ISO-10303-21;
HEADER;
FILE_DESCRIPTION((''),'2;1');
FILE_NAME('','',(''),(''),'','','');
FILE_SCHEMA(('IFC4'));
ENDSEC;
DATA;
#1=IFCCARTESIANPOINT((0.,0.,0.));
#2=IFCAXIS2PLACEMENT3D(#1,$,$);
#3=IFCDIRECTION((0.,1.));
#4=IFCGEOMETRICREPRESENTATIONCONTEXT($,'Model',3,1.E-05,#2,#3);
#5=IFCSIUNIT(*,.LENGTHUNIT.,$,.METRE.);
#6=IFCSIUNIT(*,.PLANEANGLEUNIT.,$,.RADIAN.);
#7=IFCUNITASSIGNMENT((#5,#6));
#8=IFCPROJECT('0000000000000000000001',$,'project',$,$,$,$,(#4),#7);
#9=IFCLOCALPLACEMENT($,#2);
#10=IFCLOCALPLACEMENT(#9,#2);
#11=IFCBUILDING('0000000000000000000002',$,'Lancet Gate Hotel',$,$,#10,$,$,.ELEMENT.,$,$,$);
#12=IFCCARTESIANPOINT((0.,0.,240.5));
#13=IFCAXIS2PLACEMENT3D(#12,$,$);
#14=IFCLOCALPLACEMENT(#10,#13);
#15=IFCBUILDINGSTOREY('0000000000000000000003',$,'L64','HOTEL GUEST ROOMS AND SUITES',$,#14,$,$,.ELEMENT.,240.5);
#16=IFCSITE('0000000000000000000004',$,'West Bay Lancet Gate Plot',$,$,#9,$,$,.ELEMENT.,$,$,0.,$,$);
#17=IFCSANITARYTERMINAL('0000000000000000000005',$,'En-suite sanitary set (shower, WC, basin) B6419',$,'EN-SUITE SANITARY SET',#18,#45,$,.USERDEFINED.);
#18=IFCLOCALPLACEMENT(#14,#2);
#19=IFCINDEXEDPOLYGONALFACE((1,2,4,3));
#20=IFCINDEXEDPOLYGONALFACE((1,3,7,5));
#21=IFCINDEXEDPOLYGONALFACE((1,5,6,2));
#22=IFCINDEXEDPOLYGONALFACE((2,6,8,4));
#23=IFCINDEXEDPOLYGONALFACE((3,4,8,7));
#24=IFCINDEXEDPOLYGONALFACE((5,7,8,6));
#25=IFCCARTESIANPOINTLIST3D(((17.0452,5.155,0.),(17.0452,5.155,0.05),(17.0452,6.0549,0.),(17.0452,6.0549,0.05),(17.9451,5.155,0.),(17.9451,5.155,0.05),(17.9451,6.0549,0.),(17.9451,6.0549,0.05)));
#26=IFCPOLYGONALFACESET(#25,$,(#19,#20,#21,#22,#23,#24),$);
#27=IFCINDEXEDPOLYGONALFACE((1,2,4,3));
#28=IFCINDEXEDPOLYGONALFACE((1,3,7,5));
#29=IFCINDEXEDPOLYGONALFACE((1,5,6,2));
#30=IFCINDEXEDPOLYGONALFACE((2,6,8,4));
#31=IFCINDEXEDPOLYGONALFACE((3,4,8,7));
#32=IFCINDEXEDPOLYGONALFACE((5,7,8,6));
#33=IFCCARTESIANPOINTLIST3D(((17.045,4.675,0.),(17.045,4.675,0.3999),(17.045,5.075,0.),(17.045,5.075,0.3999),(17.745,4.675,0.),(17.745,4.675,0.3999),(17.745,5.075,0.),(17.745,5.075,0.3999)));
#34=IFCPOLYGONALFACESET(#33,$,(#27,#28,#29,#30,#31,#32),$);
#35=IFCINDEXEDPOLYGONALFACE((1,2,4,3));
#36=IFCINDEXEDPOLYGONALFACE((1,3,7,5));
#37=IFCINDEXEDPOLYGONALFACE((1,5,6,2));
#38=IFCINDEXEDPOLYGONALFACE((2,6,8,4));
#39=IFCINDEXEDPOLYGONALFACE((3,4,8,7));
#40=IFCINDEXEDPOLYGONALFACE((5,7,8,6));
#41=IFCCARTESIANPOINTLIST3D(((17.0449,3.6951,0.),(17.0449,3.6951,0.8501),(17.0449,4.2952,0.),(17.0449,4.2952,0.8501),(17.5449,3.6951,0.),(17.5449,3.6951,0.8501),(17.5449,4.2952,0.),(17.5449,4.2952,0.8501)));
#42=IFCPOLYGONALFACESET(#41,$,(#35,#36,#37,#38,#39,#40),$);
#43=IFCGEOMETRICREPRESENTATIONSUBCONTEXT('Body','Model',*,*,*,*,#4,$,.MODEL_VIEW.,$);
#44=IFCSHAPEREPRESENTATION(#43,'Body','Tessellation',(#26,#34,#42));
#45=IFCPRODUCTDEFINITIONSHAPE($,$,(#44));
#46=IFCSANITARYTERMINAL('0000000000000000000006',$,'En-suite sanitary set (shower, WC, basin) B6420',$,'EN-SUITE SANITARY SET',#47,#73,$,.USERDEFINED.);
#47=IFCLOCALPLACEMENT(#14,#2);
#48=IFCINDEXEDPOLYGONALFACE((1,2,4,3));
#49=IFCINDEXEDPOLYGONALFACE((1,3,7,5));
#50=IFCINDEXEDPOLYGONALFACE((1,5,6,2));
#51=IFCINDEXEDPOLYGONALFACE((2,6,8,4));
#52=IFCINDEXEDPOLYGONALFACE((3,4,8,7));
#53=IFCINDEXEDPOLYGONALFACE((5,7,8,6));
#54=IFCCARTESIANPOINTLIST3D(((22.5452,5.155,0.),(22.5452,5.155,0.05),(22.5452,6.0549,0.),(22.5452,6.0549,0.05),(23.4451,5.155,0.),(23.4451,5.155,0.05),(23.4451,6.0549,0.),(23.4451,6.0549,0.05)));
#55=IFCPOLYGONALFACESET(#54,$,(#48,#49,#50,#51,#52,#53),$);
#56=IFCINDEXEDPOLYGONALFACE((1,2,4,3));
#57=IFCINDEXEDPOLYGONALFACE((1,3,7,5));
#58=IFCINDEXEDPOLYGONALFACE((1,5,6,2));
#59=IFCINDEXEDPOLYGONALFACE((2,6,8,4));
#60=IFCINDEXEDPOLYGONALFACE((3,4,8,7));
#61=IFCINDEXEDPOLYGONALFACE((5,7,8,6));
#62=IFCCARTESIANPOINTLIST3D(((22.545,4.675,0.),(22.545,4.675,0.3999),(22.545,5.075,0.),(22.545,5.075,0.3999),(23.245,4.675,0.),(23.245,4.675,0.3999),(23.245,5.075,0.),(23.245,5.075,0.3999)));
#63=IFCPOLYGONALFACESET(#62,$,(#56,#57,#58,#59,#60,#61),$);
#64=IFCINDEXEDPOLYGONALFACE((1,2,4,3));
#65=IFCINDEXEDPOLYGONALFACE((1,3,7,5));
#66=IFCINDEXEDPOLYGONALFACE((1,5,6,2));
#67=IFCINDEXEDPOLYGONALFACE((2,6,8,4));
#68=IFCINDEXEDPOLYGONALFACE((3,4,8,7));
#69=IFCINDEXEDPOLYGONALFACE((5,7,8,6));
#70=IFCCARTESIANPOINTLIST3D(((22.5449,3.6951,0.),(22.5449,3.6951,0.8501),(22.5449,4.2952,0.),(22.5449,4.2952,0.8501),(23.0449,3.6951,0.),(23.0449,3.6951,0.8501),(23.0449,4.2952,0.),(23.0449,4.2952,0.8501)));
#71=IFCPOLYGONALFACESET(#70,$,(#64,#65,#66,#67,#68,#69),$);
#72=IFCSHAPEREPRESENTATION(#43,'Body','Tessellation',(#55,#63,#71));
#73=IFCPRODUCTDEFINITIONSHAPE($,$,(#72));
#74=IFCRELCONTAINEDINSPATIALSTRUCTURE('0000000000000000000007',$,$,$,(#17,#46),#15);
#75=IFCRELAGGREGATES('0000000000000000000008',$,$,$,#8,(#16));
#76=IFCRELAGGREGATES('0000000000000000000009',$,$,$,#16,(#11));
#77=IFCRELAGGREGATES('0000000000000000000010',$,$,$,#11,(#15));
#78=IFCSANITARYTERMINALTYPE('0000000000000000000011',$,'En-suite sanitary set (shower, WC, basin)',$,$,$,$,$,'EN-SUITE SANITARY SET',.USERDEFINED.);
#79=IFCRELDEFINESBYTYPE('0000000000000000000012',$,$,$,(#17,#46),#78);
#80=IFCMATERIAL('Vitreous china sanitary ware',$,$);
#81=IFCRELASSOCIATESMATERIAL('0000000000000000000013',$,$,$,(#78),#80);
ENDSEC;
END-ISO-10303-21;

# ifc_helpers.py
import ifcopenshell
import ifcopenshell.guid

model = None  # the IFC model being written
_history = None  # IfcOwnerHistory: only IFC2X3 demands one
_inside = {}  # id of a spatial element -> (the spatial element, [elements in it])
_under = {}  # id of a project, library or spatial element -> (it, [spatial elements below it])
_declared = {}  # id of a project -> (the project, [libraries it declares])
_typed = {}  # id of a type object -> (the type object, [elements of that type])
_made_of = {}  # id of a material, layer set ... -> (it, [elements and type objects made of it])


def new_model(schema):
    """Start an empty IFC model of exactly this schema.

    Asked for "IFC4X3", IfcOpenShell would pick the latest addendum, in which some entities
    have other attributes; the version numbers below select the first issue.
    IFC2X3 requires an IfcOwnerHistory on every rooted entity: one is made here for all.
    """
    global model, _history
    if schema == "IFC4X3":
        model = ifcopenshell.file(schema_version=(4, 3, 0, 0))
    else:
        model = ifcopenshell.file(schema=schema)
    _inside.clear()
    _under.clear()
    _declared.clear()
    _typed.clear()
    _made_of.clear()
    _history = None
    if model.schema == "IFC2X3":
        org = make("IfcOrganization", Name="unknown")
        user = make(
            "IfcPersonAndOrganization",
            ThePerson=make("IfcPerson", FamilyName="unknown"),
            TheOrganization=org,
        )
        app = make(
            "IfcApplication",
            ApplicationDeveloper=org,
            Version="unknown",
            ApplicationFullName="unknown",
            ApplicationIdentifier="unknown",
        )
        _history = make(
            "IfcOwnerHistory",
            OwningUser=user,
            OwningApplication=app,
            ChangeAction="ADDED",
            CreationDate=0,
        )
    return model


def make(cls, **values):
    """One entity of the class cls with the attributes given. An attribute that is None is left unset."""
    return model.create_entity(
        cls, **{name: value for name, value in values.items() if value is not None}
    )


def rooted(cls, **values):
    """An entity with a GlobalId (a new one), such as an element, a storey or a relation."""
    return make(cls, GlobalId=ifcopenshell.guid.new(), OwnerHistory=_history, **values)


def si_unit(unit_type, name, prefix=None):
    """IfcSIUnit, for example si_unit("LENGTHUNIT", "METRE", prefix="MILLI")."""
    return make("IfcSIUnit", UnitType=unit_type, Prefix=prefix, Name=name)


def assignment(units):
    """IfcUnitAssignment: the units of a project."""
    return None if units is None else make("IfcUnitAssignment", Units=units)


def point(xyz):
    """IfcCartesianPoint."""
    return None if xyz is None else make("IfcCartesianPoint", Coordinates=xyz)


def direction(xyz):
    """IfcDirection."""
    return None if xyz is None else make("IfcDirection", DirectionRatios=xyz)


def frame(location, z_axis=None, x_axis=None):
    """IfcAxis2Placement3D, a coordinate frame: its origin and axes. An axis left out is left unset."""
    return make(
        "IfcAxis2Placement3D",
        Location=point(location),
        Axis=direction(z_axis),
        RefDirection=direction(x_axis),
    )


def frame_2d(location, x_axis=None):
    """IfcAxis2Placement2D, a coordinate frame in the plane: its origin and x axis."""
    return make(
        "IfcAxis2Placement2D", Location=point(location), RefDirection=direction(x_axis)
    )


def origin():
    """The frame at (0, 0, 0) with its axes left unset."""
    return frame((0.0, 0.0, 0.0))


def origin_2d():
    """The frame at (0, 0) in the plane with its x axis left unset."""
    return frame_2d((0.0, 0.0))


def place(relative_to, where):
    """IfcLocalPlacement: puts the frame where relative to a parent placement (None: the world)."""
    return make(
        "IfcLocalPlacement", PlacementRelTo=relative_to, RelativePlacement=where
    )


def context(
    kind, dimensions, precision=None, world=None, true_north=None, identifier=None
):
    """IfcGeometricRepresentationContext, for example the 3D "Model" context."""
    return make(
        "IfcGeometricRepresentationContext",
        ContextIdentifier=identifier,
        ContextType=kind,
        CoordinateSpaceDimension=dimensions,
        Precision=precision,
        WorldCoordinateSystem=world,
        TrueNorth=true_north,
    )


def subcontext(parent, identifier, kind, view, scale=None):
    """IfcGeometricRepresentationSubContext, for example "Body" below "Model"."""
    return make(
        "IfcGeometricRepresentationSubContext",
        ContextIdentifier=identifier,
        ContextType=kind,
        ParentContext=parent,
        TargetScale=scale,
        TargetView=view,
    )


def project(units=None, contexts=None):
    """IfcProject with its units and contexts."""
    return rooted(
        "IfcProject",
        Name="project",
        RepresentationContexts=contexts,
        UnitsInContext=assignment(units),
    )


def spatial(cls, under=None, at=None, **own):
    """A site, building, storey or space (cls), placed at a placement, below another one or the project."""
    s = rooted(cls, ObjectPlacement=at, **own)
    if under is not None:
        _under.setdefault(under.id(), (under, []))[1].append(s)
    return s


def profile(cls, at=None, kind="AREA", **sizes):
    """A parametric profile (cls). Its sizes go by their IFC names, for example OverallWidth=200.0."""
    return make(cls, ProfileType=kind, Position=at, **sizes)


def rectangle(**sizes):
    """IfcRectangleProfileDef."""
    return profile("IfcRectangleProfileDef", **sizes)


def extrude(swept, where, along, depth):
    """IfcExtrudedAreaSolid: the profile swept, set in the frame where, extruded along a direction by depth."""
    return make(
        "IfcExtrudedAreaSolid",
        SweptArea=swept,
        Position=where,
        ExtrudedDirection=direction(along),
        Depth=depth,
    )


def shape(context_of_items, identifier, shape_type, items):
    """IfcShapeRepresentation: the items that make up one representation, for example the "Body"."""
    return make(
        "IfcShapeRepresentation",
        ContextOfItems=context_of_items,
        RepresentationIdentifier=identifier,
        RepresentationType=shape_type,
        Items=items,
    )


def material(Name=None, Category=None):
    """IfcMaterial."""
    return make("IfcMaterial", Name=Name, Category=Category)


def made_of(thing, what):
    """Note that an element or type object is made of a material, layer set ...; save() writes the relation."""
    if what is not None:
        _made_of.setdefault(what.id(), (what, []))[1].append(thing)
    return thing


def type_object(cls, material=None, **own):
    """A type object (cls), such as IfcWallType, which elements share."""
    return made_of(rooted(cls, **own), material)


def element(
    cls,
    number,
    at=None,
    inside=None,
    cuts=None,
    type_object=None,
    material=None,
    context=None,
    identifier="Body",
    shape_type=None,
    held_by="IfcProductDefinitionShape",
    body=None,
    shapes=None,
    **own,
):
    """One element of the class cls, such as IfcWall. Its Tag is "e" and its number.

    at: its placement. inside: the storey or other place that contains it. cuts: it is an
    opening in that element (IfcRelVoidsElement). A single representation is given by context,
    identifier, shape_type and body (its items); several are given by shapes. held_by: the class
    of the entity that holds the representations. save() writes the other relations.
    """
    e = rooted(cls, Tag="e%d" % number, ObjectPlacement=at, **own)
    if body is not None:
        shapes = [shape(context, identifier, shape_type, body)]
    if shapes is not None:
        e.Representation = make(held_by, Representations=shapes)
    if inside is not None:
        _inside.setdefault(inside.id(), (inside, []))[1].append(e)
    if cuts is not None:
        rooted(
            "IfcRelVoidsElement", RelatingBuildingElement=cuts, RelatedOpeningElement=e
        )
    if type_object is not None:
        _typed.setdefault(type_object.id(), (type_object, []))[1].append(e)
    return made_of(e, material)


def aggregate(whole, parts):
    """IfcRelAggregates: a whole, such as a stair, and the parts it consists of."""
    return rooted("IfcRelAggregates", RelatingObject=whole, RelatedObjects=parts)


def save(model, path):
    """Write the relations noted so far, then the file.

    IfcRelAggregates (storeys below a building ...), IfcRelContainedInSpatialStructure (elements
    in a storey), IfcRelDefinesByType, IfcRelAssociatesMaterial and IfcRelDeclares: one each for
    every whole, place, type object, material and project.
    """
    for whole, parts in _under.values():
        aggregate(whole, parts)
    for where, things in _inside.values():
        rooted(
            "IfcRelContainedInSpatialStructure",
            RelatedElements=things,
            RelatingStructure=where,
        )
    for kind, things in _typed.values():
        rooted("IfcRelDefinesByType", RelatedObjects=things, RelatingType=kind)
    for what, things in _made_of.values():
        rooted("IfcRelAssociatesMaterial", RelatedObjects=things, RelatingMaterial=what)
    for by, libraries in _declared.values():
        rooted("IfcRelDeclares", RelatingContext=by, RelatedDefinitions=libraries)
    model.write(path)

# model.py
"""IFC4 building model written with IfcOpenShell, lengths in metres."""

from ifc_helpers import new_model, si_unit, direction, frame, origin, origin_2d, place, context, subcontext, project, spatial, rectangle, extrude, material, type_object, element, save


model = new_model("IFC4")

# Units and contexts
model_context = context("Model", 3, precision=1e-05, world=origin(), true_north=direction((0.0, 1.0)))
body_context = subcontext(model_context, "Body", "Model", "MODEL_VIEW")
ifc_project = project(units=[si_unit("LENGTHUNIT", "METRE"), si_unit("PLANEANGLEUNIT", "RADIAN")], contexts=[model_context])

# Site, building, storey
site_placement = place(None, origin())
site = spatial("IfcSite", under=ifc_project, at=site_placement, Name="West Bay Lancet Gate Plot", CompositionType="ELEMENT", RefElevation=0.0)
building_placement = place(site_placement, origin())
building = spatial("IfcBuilding", under=site, at=building_placement, Name="Lancet Gate Hotel", CompositionType="ELEMENT")
storey_placement = place(building_placement, frame((0.0, 0.0, 240.5)))
storey = spatial("IfcBuildingStorey", under=building, at=storey_placement, Name="L64", Description="HOTEL GUEST ROOMS AND SUITES", CompositionType="ELEMENT", Elevation=240.5)

# Sanitary terminals
ifc_material_1 = material(Name="Vitreous china sanitary ware")
sanitary_terminal_type = type_object("IfcSanitaryTerminalType", Name="En-suite sanitary set (shower, WC, basin)", ElementType="EN-SUITE SANITARY SET", PredefinedType="USERDEFINED", material=ifc_material_1)
for number, where, z_axis, x_axis, name in (
    (1, (17.4951, 5.605, 0.0), (0.0, 0.0, 1.0), (1.0, 0.0, 0.0), "En-suite sanitary set (shower, WC, basin) B6419"),
    (2, (22.9951, 5.605, 0.0), (0.0, 0.0, 1.0), (1.0, 0.0, 0.0), "En-suite sanitary set (shower, WC, basin) B6420"),
):
    element("IfcSanitaryTerminal", number, at=place(storey_placement, frame(where, z_axis=z_axis, x_axis=x_axis)), inside=storey, type_object=sanitary_terminal_type, Name=name, ObjectType="EN-SUITE SANITARY SET", PredefinedType="USERDEFINED", context=body_context, shape_type="SweptSolid", body=[
        extrude(rectangle(XDim=0.8999, YDim=0.8999, at=origin_2d()), frame((0.0, 0.0, 0.0), z_axis=(0.0, 0.0, 1.0), x_axis=(0.0, 1.0, 0.0)), (0.0, 0.0, 1.0), 0.05),
        extrude(rectangle(XDim=0.3999, YDim=0.7, at=origin_2d()), frame((-0.1001, -0.73, 0.0), z_axis=(0.0, 0.0, 1.0), x_axis=(0.0, 1.0, 0.0)), (0.0, 0.0, 1.0), 0.3999),
        extrude(rectangle(XDim=0.6001, YDim=0.5, at=origin_2d()), frame((-0.2002, -1.6099, 0.0), z_axis=(0.0, 0.0, 1.0), x_axis=(0.0, 1.0, 0.0)), (0.0, 0.0, 1.0), 0.8501),
    ])

save(model, "model.ifc")
